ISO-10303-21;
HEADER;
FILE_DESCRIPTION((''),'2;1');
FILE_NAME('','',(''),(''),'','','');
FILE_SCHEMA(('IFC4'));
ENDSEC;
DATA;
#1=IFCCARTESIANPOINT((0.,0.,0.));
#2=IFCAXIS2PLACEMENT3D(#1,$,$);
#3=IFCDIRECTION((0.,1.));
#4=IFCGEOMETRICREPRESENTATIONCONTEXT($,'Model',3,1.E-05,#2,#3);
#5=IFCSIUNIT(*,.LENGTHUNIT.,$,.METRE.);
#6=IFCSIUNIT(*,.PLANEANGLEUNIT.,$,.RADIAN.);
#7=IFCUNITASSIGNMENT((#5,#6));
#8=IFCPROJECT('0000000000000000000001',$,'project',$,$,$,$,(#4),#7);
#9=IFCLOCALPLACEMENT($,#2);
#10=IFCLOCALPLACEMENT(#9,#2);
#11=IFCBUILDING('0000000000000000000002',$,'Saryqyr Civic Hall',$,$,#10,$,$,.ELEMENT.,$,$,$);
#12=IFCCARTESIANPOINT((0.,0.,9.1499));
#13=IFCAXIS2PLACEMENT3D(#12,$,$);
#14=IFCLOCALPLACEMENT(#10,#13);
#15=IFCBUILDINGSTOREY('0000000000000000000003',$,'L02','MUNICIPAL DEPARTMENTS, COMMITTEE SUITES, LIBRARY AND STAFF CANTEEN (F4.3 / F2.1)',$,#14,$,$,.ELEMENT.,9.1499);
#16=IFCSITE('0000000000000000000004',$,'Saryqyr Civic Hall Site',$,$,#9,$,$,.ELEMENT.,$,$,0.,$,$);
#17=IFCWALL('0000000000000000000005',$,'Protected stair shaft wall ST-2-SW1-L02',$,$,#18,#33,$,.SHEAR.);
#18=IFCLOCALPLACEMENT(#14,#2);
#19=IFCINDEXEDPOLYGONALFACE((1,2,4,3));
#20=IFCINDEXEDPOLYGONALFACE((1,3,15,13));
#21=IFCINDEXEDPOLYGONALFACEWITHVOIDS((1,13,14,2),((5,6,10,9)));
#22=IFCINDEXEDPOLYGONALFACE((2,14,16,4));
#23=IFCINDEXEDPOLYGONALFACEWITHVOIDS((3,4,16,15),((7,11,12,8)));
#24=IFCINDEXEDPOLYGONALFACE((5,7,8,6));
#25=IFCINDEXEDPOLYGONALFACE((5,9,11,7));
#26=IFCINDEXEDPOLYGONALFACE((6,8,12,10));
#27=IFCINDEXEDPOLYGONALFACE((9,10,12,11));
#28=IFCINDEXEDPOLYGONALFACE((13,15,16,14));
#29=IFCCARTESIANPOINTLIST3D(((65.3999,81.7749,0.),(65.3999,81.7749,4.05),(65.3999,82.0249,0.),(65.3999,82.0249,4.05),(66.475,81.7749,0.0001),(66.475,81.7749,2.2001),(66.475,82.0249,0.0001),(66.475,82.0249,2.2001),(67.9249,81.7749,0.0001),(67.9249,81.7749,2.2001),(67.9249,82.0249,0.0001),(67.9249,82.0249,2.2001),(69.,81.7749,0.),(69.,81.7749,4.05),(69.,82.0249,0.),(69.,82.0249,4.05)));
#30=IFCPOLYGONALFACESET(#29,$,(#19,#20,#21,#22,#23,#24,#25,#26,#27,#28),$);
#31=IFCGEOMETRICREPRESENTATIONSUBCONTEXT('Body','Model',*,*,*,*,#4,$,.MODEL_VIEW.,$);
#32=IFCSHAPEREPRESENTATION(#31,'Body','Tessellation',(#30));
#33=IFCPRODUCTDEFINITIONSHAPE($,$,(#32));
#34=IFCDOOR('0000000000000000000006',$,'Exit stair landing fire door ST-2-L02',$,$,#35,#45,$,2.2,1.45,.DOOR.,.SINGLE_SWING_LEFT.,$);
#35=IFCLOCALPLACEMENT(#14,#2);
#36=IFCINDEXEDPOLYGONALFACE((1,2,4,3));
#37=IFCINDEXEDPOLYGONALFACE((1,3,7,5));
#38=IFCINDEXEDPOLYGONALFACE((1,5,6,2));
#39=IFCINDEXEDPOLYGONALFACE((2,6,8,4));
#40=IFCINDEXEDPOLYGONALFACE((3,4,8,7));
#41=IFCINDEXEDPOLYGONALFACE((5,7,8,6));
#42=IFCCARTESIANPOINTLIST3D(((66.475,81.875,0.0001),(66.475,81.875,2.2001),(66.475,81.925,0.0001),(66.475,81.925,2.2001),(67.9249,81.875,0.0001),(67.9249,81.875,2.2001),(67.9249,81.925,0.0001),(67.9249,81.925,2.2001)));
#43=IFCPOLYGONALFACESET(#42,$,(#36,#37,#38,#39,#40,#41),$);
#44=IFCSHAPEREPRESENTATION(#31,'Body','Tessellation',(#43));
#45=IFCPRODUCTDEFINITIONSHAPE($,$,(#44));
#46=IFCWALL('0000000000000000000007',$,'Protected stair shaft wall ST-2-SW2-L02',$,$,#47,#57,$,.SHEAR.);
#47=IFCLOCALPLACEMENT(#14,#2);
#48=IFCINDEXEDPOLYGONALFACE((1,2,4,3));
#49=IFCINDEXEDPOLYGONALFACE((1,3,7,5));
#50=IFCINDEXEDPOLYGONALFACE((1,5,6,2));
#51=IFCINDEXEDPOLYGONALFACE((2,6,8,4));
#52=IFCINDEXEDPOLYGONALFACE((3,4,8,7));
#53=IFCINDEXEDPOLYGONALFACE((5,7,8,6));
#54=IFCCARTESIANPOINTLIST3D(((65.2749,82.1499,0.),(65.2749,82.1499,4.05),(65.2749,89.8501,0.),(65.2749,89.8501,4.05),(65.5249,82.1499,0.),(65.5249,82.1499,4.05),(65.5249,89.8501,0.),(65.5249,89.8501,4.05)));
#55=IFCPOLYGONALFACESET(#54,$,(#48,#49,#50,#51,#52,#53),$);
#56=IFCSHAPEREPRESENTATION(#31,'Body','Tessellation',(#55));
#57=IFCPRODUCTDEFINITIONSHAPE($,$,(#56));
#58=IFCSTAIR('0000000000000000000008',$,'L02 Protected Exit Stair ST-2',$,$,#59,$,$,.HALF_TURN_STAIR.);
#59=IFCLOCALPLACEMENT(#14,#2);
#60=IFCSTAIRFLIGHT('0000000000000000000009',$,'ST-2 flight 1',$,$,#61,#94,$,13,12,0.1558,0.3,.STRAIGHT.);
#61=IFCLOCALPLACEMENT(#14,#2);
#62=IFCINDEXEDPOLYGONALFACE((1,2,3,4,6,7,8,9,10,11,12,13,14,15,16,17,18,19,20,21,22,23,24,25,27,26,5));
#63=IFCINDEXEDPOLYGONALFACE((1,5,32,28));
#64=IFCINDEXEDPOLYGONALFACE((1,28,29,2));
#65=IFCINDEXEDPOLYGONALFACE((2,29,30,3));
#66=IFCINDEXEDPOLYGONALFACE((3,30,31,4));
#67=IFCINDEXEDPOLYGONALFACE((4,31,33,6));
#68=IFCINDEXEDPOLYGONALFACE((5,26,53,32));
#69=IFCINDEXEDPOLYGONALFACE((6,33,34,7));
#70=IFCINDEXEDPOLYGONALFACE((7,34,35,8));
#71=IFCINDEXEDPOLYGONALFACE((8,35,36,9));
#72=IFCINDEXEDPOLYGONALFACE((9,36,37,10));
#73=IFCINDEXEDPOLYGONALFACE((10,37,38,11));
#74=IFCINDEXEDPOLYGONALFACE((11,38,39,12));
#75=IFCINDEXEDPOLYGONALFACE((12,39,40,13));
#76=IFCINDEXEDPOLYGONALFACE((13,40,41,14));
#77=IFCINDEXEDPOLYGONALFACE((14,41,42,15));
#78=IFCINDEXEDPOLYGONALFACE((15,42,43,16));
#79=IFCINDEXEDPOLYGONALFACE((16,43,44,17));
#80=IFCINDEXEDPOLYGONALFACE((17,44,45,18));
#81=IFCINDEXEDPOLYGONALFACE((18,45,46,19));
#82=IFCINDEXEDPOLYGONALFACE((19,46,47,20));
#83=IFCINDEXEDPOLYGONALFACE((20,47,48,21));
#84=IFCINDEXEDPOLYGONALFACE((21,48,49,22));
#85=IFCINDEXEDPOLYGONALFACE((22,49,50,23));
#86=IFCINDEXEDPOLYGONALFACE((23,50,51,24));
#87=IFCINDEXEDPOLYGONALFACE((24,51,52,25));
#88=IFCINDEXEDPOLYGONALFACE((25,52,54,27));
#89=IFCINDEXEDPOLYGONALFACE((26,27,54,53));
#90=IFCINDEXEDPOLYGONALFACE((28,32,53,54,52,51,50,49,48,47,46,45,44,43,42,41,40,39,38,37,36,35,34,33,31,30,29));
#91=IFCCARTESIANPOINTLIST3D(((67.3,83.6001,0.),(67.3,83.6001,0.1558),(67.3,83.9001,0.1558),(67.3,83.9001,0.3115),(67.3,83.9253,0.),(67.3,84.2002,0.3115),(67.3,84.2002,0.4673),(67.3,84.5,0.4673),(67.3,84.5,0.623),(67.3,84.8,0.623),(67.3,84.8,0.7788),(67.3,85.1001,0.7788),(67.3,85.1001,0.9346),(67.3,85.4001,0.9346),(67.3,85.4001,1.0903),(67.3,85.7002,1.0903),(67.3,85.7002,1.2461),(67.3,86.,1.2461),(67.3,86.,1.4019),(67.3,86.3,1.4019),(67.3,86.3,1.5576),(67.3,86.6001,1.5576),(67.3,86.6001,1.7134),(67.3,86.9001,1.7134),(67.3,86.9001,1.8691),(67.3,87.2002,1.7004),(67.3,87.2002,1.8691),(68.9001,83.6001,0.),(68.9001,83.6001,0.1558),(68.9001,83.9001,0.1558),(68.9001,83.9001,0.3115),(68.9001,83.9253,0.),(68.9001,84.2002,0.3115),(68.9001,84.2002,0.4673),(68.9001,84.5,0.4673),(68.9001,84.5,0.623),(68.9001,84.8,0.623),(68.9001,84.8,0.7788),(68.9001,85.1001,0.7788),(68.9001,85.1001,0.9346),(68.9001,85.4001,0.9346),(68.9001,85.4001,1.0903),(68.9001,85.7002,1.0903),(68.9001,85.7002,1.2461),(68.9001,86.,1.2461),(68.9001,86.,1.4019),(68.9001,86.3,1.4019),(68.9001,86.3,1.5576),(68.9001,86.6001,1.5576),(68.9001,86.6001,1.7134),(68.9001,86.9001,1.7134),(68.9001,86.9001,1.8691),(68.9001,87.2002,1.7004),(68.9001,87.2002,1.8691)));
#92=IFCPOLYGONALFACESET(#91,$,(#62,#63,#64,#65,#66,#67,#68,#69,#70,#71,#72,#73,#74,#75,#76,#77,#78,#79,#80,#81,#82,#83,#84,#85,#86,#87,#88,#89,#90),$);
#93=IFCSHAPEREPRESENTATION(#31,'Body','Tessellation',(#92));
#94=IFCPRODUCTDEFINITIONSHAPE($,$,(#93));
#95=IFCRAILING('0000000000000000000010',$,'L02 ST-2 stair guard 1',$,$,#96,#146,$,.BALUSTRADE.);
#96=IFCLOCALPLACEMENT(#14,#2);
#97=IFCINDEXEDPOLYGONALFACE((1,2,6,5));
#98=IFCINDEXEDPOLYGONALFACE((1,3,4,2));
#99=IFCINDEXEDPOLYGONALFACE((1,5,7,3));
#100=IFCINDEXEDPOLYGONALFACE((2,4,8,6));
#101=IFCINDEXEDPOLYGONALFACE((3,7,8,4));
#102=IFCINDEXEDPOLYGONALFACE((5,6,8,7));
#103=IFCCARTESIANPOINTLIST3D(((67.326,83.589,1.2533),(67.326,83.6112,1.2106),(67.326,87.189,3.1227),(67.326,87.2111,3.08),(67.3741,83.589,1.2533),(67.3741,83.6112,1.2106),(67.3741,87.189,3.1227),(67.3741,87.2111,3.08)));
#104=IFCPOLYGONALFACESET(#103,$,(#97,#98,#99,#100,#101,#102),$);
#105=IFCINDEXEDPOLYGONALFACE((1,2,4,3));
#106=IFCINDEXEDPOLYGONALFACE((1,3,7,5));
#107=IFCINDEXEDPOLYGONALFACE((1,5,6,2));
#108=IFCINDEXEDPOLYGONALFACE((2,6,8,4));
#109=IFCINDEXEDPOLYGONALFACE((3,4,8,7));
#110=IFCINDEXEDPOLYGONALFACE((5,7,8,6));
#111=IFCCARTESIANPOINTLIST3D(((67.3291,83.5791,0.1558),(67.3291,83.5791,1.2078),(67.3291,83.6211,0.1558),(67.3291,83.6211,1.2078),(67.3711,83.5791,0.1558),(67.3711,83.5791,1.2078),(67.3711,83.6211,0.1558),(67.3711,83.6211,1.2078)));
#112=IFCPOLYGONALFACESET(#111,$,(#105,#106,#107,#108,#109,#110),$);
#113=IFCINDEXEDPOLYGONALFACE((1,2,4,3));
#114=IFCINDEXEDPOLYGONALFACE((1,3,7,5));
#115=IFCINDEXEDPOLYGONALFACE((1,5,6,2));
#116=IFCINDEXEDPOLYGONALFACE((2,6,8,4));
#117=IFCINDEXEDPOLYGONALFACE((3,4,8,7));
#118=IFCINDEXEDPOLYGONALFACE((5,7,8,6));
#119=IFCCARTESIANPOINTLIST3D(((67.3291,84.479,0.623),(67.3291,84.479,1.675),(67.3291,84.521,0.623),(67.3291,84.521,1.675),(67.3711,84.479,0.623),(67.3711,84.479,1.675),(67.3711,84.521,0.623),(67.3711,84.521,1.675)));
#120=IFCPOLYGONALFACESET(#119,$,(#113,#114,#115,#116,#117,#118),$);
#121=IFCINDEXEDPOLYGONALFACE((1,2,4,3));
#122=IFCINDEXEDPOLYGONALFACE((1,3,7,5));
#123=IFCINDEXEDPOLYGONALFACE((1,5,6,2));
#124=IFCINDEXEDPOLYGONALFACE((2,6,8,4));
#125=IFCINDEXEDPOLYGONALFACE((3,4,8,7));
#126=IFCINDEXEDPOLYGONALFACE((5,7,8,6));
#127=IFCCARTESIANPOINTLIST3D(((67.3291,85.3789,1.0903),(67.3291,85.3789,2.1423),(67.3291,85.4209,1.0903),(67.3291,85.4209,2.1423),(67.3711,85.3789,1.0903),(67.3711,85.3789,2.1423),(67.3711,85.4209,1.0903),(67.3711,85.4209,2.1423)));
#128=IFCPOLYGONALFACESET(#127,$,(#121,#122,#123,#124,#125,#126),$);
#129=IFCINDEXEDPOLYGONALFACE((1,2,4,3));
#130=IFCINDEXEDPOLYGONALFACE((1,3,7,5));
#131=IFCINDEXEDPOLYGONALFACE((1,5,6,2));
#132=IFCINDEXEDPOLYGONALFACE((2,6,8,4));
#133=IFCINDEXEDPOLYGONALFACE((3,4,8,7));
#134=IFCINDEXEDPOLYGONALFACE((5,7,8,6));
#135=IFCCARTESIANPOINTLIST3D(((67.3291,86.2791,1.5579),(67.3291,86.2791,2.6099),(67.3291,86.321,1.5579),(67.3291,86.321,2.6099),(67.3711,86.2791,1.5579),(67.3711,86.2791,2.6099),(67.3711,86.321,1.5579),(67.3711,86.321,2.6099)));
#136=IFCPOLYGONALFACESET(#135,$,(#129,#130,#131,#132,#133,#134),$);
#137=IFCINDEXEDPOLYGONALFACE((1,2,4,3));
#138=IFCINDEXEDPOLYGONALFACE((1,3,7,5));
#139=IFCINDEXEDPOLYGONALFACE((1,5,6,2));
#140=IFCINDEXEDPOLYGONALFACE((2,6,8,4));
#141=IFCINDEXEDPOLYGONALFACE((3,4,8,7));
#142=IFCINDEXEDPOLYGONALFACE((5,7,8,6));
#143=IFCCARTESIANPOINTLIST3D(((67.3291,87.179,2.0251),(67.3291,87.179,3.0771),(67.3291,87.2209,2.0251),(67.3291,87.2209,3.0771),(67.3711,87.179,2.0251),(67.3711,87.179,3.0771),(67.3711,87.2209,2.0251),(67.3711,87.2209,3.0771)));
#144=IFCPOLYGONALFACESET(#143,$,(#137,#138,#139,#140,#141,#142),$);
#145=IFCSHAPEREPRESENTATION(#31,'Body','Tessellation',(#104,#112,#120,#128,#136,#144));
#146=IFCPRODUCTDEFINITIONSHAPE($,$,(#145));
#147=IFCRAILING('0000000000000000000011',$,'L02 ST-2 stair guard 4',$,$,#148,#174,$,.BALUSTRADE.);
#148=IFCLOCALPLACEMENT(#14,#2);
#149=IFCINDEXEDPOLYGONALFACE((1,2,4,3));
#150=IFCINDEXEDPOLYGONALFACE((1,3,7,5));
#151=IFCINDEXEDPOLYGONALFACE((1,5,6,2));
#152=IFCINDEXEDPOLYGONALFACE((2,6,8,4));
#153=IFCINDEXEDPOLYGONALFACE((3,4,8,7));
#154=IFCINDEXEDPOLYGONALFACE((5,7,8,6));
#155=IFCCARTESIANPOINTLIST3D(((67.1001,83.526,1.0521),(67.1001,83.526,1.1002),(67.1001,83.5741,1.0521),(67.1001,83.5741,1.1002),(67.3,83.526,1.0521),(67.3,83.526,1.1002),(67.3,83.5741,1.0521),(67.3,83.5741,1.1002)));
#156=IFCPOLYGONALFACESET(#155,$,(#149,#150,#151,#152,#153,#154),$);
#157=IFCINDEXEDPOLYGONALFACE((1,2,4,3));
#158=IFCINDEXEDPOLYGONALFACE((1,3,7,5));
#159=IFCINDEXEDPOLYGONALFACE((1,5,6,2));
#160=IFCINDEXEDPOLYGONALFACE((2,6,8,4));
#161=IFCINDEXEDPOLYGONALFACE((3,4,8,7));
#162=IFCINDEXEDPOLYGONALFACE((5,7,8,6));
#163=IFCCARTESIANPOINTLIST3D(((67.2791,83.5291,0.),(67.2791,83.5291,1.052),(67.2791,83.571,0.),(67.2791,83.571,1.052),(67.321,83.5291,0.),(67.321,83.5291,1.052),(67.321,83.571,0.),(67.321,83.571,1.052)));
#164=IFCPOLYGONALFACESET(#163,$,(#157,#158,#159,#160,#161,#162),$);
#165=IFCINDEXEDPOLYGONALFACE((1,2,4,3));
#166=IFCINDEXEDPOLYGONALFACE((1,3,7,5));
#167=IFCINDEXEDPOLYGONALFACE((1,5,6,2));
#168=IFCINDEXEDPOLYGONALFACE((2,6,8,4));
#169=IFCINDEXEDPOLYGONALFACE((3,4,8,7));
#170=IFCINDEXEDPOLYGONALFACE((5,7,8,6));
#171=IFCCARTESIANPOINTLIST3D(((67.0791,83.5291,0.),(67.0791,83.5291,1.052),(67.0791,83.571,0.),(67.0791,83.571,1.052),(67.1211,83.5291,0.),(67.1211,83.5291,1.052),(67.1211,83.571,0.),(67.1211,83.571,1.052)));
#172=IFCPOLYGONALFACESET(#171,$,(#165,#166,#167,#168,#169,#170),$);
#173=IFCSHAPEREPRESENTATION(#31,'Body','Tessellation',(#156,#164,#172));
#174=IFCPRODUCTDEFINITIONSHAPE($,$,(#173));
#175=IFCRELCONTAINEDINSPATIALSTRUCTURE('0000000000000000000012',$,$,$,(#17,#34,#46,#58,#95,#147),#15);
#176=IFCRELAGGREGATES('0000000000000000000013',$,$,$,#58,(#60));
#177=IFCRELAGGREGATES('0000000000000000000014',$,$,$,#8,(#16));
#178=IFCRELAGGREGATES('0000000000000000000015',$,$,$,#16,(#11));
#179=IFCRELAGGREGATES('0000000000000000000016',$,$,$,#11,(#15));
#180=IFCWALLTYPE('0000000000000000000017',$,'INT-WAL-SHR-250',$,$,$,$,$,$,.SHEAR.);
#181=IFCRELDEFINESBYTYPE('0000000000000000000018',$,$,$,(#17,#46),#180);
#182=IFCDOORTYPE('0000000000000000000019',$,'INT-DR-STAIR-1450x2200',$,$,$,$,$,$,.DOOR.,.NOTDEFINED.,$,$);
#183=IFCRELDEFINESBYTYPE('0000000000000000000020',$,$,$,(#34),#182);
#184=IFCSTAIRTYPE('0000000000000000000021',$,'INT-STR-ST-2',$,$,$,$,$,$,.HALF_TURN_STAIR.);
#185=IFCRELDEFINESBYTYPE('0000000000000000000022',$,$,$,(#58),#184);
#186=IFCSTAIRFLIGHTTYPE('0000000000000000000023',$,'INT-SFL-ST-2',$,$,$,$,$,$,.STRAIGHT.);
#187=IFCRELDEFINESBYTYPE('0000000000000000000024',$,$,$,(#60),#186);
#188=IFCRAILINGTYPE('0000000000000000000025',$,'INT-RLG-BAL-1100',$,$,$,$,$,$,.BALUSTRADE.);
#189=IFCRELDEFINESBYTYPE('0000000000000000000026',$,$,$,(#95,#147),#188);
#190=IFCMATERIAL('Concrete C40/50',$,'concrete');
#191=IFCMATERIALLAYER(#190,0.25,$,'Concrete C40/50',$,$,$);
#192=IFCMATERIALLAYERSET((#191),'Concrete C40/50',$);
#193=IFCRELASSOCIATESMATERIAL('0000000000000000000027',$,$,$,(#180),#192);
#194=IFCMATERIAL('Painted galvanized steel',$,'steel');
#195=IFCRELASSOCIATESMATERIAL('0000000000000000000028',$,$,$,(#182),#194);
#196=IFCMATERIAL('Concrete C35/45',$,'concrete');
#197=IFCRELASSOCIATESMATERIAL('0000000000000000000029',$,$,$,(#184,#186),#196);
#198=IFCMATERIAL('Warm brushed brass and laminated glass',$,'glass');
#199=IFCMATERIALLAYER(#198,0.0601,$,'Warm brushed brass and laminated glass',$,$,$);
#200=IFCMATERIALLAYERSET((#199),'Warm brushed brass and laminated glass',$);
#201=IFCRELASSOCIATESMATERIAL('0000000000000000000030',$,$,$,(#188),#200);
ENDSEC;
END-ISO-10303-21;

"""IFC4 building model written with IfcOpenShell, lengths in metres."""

from ifc_helpers import new_model, si_unit, direction, frame, frame_2d, origin, origin_2d, place, context, subcontext, project, spatial, polyline, rectangle, outline, extrude, material, layer, layer_set, type_object, element, fill, aggregate, save


model = new_model("IFC4")

# Units and contexts
model_context = context("Model", 3, precision=1e-05, world=origin(), true_north=direction((0.0, 1.0)))
body_context = subcontext(model_context, "Body", "Model", "MODEL_VIEW")
ifc_project = project(units=[si_unit("LENGTHUNIT", "METRE"), si_unit("PLANEANGLEUNIT", "RADIAN")], contexts=[model_context])

# Site, building, storey
site_placement = place(None, origin())
site = spatial("IfcSite", under=ifc_project, at=site_placement, Name="Saryqyr Civic Hall Site", CompositionType="ELEMENT", RefElevation=0.0)
building_placement = place(site_placement, origin())
building = spatial("IfcBuilding", under=site, at=building_placement, Name="Saryqyr Civic Hall", CompositionType="ELEMENT")
storey_placement = place(building_placement, frame((0.0, 0.0, 9.1499)))
storey = spatial("IfcBuildingStorey", under=building, at=storey_placement, Name="L02", Description="MUNICIPAL DEPARTMENTS, COMMITTEE SUITES, LIBRARY AND STAFF CANTEEN (F4.3 / F2.1)", CompositionType="ELEMENT", Elevation=9.1499)

# Shared definitions
ifc_material_1 = material(Name="Concrete C40/50", Category="concrete")

# Shared definitions
ifc_material_2 = material(Name="Concrete C35/45", Category="concrete")

# Shared definitions
ifc_material_3 = material(Name="Painted galvanized steel", Category="steel")

# Wall, opening, door
ifc_layer_1 = layer(ifc_material_1, 0.25, Name="Concrete C40/50")
ifc_layer_set_1 = layer_set([ifc_layer_1], Name="Concrete C40/50")
wall_type_1 = type_object("IfcWallType", Name="INT-WAL-SHR-250", PredefinedType="SHEAR", material=ifc_layer_set_1)
wall_1_placement = place(storey_placement, frame((69.0, 81.8999, 0.0), z_axis=(0.0, 0.0, 1.0), x_axis=(-1.0, 0.0, 0.0)))
wall_1 = element("IfcWall", 1, at=wall_1_placement, inside=storey, type_object=wall_type_1, Name="Protected stair shaft wall ST-2-SW1-L02", PredefinedType="SHEAR", context=body_context, shape_type="SweptSolid", body=[
    extrude(rectangle(XDim=3.6001, YDim=0.25, at=frame_2d((1.8, 0.0))), origin(), (0.0, 0.0, 1.0), 4.05),
])
opening_1_placement = place(wall_1_placement, frame((1.075, 0.0, 0.0)))
opening_1 = element("IfcOpeningElement", 2, at=opening_1_placement, cuts=wall_1, PredefinedType="OPENING", context=body_context, shape_type="SweptSolid", body=[
    extrude(rectangle(XDim=1.45, YDim=2.2, at=frame_2d((0.7251, 1.1001))), frame((0.0, 0.135, 0.0), z_axis=(0.0, -1.0, 0.0), x_axis=(1.0, 0.0, 0.0)), (0.0, 0.0, 1.0), 0.27),
])
door_type_1 = type_object("IfcDoorType", Name="INT-DR-STAIR-1450x2200", OperationType="NOTDEFINED", PredefinedType="DOOR", material=ifc_material_3)
door_1_placement = place(opening_1_placement, origin())
door_1 = element("IfcDoor", 3, at=door_1_placement, inside=storey, type_object=door_type_1, Name="Exit stair landing fire door ST-2-L02", OperationType="SINGLE_SWING_LEFT", OverallHeight=2.2, OverallWidth=1.45, PredefinedType="DOOR", context=body_context, shape_type="SweptSolid", body=[
    extrude(rectangle(XDim=1.45, YDim=2.2, at=frame_2d((0.7251, 1.1001))), frame((0.0, 0.0249, 0.0), z_axis=(0.0, -1.0, 0.0), x_axis=(1.0, 0.0, 0.0)), (0.0, 0.0, 1.0), 0.05),
])
fill(opening_1, door_1)

# Wall
wall_2_placement = place(storey_placement, frame((65.3999, 82.1499, 0.0), z_axis=(0.0, 0.0, 1.0), x_axis=(0.0, 1.0, 0.0)))
element("IfcWall", 4, at=wall_2_placement, inside=storey, type_object=wall_type_1, Name="Protected stair shaft wall ST-2-SW2-L02", PredefinedType="SHEAR", context=body_context, shape_type="SweptSolid", body=[
    extrude(rectangle(XDim=7.7002, YDim=0.25, at=frame_2d((3.8501, 0.0))), origin(), (0.0, 0.0, 1.0), 4.05),
])

# Stair, stair flight
stair_type = type_object("IfcStairType", Name="INT-STR-ST-2", PredefinedType="HALF_TURN_STAIR", material=ifc_material_2)
stair_placement = place(storey_placement, origin())
stair = element("IfcStair", 5, at=stair_placement, inside=storey, type_object=stair_type, Name="L02 Protected Exit Stair ST-2", PredefinedType="HALF_TURN_STAIR")
stair_flight_type = type_object("IfcStairFlightType", Name="INT-SFL-ST-2", PredefinedType="STRAIGHT", material=ifc_material_2)
stair_flight_placement = place(storey_placement, frame((68.1001, 83.6001, 0.0), z_axis=(0.0, 0.0, 1.0), x_axis=(0.0, 1.0, 0.0)))
stair_flight = element("IfcStairFlight", 6, at=stair_flight_placement, type_object=stair_flight_type, Name="ST-2 flight 1", NumberOfRisers=13, NumberOfTreads=12, PredefinedType="STRAIGHT", RiserHeight=0.1558, TreadLength=0.3, context=body_context, shape_type="SweptSolid", body=[
    extrude(outline(polyline([(0.0, 0.0), (0.0, 0.1558), (0.3, 0.1558), (0.3, 0.3115), (0.6001, 0.3115), (0.6001, 0.4673), (0.8999, 0.4673), (0.8999, 0.623), (1.2, 0.623), (1.2, 0.7788), (1.5, 0.7788), (1.5, 0.9346), (1.8, 0.9346), (1.8, 1.0903), (2.1001, 1.0903), (2.1001, 1.2461), (2.3999, 1.2461), (2.3999, 1.4019), (2.7, 1.4019), (2.7, 1.5576), (3.0, 1.5576), (3.0, 1.7134), (3.3, 1.7134), (3.3, 1.8691), (3.6001, 1.8691), (3.6001, 2.0249), (3.6001, 1.7004), (0.3252, 0.0), (0.0, 0.0)])), frame((0.0, 0.8, 0.0), z_axis=(0.0, -1.0, 0.0), x_axis=(1.0, 0.0, 0.0)), (0.0, 0.0, 1.0), 1.6001),
])
aggregate(stair, [stair_flight])

# Railings
ifc_material_4 = material(Name="Warm brushed brass and laminated glass", Category="glass")
ifc_layer_2 = layer(ifc_material_4, 0.0601, Name="Warm brushed brass and laminated glass")
ifc_layer_set_2 = layer_set([ifc_layer_2], Name="Warm brushed brass and laminated glass")
railing_type_1 = type_object("IfcRailingType", Name="INT-RLG-BAL-1100", PredefinedType="BALUSTRADE", material=ifc_layer_set_2)
railing_1_placement = place(storey_placement, frame((67.3501, 83.6001, 0.1558)))
element("IfcRailing", 7, at=railing_1_placement, inside=storey, type_object=railing_type_1, Name="L02 ST-2 stair guard 1", PredefinedType="BALUSTRADE", context=body_context, shape_type="SweptSolid", body=[
    extrude(rectangle(XDim=0.0481, YDim=0.0481, at=origin_2d()), frame((0.0, 0.0, 1.0762), z_axis=(0.0, 0.887473, 0.46086), x_axis=(-1.0, 0.0, 0.0)), (0.0, 0.0, 1.0), 4.0564),
    extrude(rectangle(XDim=0.042, YDim=0.042, at=origin_2d()), origin(), (0.0, 0.0, 1.0), 1.052),
    extrude(rectangle(XDim=0.042, YDim=0.042, at=origin_2d()), frame((0.0, 0.8999, 0.4673)), (0.0, 0.0, 1.0), 1.052),
    extrude(rectangle(XDim=0.042, YDim=0.042, at=origin_2d()), frame((0.0, 1.7998, 0.9346)), (0.0, 0.0, 1.0), 1.052),
    extrude(rectangle(XDim=0.042, YDim=0.042, at=origin_2d()), frame((0.0, 2.7, 1.4021)), (0.0, 0.0, 1.0), 1.052),
    extrude(rectangle(XDim=0.042, YDim=0.042, at=origin_2d()), frame((0.0, 3.5999, 1.8694)), (0.0, 0.0, 1.0), 1.052),
])
railing_2_placement = place(storey_placement, frame((67.3, 83.55, 0.0)))
element("IfcRailing", 8, at=railing_2_placement, inside=storey, type_object=railing_type_1, Name="L02 ST-2 stair guard 4", PredefinedType="BALUSTRADE", context=body_context, shape_type="SweptSolid", body=[
    extrude(rectangle(XDim=0.0481, YDim=0.0481, at=origin_2d()), frame((0.0, 0.0, 1.0762), z_axis=(-1.0, 0.0, 0.0), x_axis=(0.0, -1.0, 0.0)), (0.0, 0.0, 1.0), 0.2),
    extrude(rectangle(XDim=0.042, YDim=0.042, at=origin_2d()), origin(), (0.0, 0.0, 1.0), 1.052),
    extrude(rectangle(XDim=0.042, YDim=0.042, at=origin_2d()), frame((-0.2, 0.0, 0.0)), (0.0, 0.0, 1.0), 1.052),
])

save(model, "model.ifc")
